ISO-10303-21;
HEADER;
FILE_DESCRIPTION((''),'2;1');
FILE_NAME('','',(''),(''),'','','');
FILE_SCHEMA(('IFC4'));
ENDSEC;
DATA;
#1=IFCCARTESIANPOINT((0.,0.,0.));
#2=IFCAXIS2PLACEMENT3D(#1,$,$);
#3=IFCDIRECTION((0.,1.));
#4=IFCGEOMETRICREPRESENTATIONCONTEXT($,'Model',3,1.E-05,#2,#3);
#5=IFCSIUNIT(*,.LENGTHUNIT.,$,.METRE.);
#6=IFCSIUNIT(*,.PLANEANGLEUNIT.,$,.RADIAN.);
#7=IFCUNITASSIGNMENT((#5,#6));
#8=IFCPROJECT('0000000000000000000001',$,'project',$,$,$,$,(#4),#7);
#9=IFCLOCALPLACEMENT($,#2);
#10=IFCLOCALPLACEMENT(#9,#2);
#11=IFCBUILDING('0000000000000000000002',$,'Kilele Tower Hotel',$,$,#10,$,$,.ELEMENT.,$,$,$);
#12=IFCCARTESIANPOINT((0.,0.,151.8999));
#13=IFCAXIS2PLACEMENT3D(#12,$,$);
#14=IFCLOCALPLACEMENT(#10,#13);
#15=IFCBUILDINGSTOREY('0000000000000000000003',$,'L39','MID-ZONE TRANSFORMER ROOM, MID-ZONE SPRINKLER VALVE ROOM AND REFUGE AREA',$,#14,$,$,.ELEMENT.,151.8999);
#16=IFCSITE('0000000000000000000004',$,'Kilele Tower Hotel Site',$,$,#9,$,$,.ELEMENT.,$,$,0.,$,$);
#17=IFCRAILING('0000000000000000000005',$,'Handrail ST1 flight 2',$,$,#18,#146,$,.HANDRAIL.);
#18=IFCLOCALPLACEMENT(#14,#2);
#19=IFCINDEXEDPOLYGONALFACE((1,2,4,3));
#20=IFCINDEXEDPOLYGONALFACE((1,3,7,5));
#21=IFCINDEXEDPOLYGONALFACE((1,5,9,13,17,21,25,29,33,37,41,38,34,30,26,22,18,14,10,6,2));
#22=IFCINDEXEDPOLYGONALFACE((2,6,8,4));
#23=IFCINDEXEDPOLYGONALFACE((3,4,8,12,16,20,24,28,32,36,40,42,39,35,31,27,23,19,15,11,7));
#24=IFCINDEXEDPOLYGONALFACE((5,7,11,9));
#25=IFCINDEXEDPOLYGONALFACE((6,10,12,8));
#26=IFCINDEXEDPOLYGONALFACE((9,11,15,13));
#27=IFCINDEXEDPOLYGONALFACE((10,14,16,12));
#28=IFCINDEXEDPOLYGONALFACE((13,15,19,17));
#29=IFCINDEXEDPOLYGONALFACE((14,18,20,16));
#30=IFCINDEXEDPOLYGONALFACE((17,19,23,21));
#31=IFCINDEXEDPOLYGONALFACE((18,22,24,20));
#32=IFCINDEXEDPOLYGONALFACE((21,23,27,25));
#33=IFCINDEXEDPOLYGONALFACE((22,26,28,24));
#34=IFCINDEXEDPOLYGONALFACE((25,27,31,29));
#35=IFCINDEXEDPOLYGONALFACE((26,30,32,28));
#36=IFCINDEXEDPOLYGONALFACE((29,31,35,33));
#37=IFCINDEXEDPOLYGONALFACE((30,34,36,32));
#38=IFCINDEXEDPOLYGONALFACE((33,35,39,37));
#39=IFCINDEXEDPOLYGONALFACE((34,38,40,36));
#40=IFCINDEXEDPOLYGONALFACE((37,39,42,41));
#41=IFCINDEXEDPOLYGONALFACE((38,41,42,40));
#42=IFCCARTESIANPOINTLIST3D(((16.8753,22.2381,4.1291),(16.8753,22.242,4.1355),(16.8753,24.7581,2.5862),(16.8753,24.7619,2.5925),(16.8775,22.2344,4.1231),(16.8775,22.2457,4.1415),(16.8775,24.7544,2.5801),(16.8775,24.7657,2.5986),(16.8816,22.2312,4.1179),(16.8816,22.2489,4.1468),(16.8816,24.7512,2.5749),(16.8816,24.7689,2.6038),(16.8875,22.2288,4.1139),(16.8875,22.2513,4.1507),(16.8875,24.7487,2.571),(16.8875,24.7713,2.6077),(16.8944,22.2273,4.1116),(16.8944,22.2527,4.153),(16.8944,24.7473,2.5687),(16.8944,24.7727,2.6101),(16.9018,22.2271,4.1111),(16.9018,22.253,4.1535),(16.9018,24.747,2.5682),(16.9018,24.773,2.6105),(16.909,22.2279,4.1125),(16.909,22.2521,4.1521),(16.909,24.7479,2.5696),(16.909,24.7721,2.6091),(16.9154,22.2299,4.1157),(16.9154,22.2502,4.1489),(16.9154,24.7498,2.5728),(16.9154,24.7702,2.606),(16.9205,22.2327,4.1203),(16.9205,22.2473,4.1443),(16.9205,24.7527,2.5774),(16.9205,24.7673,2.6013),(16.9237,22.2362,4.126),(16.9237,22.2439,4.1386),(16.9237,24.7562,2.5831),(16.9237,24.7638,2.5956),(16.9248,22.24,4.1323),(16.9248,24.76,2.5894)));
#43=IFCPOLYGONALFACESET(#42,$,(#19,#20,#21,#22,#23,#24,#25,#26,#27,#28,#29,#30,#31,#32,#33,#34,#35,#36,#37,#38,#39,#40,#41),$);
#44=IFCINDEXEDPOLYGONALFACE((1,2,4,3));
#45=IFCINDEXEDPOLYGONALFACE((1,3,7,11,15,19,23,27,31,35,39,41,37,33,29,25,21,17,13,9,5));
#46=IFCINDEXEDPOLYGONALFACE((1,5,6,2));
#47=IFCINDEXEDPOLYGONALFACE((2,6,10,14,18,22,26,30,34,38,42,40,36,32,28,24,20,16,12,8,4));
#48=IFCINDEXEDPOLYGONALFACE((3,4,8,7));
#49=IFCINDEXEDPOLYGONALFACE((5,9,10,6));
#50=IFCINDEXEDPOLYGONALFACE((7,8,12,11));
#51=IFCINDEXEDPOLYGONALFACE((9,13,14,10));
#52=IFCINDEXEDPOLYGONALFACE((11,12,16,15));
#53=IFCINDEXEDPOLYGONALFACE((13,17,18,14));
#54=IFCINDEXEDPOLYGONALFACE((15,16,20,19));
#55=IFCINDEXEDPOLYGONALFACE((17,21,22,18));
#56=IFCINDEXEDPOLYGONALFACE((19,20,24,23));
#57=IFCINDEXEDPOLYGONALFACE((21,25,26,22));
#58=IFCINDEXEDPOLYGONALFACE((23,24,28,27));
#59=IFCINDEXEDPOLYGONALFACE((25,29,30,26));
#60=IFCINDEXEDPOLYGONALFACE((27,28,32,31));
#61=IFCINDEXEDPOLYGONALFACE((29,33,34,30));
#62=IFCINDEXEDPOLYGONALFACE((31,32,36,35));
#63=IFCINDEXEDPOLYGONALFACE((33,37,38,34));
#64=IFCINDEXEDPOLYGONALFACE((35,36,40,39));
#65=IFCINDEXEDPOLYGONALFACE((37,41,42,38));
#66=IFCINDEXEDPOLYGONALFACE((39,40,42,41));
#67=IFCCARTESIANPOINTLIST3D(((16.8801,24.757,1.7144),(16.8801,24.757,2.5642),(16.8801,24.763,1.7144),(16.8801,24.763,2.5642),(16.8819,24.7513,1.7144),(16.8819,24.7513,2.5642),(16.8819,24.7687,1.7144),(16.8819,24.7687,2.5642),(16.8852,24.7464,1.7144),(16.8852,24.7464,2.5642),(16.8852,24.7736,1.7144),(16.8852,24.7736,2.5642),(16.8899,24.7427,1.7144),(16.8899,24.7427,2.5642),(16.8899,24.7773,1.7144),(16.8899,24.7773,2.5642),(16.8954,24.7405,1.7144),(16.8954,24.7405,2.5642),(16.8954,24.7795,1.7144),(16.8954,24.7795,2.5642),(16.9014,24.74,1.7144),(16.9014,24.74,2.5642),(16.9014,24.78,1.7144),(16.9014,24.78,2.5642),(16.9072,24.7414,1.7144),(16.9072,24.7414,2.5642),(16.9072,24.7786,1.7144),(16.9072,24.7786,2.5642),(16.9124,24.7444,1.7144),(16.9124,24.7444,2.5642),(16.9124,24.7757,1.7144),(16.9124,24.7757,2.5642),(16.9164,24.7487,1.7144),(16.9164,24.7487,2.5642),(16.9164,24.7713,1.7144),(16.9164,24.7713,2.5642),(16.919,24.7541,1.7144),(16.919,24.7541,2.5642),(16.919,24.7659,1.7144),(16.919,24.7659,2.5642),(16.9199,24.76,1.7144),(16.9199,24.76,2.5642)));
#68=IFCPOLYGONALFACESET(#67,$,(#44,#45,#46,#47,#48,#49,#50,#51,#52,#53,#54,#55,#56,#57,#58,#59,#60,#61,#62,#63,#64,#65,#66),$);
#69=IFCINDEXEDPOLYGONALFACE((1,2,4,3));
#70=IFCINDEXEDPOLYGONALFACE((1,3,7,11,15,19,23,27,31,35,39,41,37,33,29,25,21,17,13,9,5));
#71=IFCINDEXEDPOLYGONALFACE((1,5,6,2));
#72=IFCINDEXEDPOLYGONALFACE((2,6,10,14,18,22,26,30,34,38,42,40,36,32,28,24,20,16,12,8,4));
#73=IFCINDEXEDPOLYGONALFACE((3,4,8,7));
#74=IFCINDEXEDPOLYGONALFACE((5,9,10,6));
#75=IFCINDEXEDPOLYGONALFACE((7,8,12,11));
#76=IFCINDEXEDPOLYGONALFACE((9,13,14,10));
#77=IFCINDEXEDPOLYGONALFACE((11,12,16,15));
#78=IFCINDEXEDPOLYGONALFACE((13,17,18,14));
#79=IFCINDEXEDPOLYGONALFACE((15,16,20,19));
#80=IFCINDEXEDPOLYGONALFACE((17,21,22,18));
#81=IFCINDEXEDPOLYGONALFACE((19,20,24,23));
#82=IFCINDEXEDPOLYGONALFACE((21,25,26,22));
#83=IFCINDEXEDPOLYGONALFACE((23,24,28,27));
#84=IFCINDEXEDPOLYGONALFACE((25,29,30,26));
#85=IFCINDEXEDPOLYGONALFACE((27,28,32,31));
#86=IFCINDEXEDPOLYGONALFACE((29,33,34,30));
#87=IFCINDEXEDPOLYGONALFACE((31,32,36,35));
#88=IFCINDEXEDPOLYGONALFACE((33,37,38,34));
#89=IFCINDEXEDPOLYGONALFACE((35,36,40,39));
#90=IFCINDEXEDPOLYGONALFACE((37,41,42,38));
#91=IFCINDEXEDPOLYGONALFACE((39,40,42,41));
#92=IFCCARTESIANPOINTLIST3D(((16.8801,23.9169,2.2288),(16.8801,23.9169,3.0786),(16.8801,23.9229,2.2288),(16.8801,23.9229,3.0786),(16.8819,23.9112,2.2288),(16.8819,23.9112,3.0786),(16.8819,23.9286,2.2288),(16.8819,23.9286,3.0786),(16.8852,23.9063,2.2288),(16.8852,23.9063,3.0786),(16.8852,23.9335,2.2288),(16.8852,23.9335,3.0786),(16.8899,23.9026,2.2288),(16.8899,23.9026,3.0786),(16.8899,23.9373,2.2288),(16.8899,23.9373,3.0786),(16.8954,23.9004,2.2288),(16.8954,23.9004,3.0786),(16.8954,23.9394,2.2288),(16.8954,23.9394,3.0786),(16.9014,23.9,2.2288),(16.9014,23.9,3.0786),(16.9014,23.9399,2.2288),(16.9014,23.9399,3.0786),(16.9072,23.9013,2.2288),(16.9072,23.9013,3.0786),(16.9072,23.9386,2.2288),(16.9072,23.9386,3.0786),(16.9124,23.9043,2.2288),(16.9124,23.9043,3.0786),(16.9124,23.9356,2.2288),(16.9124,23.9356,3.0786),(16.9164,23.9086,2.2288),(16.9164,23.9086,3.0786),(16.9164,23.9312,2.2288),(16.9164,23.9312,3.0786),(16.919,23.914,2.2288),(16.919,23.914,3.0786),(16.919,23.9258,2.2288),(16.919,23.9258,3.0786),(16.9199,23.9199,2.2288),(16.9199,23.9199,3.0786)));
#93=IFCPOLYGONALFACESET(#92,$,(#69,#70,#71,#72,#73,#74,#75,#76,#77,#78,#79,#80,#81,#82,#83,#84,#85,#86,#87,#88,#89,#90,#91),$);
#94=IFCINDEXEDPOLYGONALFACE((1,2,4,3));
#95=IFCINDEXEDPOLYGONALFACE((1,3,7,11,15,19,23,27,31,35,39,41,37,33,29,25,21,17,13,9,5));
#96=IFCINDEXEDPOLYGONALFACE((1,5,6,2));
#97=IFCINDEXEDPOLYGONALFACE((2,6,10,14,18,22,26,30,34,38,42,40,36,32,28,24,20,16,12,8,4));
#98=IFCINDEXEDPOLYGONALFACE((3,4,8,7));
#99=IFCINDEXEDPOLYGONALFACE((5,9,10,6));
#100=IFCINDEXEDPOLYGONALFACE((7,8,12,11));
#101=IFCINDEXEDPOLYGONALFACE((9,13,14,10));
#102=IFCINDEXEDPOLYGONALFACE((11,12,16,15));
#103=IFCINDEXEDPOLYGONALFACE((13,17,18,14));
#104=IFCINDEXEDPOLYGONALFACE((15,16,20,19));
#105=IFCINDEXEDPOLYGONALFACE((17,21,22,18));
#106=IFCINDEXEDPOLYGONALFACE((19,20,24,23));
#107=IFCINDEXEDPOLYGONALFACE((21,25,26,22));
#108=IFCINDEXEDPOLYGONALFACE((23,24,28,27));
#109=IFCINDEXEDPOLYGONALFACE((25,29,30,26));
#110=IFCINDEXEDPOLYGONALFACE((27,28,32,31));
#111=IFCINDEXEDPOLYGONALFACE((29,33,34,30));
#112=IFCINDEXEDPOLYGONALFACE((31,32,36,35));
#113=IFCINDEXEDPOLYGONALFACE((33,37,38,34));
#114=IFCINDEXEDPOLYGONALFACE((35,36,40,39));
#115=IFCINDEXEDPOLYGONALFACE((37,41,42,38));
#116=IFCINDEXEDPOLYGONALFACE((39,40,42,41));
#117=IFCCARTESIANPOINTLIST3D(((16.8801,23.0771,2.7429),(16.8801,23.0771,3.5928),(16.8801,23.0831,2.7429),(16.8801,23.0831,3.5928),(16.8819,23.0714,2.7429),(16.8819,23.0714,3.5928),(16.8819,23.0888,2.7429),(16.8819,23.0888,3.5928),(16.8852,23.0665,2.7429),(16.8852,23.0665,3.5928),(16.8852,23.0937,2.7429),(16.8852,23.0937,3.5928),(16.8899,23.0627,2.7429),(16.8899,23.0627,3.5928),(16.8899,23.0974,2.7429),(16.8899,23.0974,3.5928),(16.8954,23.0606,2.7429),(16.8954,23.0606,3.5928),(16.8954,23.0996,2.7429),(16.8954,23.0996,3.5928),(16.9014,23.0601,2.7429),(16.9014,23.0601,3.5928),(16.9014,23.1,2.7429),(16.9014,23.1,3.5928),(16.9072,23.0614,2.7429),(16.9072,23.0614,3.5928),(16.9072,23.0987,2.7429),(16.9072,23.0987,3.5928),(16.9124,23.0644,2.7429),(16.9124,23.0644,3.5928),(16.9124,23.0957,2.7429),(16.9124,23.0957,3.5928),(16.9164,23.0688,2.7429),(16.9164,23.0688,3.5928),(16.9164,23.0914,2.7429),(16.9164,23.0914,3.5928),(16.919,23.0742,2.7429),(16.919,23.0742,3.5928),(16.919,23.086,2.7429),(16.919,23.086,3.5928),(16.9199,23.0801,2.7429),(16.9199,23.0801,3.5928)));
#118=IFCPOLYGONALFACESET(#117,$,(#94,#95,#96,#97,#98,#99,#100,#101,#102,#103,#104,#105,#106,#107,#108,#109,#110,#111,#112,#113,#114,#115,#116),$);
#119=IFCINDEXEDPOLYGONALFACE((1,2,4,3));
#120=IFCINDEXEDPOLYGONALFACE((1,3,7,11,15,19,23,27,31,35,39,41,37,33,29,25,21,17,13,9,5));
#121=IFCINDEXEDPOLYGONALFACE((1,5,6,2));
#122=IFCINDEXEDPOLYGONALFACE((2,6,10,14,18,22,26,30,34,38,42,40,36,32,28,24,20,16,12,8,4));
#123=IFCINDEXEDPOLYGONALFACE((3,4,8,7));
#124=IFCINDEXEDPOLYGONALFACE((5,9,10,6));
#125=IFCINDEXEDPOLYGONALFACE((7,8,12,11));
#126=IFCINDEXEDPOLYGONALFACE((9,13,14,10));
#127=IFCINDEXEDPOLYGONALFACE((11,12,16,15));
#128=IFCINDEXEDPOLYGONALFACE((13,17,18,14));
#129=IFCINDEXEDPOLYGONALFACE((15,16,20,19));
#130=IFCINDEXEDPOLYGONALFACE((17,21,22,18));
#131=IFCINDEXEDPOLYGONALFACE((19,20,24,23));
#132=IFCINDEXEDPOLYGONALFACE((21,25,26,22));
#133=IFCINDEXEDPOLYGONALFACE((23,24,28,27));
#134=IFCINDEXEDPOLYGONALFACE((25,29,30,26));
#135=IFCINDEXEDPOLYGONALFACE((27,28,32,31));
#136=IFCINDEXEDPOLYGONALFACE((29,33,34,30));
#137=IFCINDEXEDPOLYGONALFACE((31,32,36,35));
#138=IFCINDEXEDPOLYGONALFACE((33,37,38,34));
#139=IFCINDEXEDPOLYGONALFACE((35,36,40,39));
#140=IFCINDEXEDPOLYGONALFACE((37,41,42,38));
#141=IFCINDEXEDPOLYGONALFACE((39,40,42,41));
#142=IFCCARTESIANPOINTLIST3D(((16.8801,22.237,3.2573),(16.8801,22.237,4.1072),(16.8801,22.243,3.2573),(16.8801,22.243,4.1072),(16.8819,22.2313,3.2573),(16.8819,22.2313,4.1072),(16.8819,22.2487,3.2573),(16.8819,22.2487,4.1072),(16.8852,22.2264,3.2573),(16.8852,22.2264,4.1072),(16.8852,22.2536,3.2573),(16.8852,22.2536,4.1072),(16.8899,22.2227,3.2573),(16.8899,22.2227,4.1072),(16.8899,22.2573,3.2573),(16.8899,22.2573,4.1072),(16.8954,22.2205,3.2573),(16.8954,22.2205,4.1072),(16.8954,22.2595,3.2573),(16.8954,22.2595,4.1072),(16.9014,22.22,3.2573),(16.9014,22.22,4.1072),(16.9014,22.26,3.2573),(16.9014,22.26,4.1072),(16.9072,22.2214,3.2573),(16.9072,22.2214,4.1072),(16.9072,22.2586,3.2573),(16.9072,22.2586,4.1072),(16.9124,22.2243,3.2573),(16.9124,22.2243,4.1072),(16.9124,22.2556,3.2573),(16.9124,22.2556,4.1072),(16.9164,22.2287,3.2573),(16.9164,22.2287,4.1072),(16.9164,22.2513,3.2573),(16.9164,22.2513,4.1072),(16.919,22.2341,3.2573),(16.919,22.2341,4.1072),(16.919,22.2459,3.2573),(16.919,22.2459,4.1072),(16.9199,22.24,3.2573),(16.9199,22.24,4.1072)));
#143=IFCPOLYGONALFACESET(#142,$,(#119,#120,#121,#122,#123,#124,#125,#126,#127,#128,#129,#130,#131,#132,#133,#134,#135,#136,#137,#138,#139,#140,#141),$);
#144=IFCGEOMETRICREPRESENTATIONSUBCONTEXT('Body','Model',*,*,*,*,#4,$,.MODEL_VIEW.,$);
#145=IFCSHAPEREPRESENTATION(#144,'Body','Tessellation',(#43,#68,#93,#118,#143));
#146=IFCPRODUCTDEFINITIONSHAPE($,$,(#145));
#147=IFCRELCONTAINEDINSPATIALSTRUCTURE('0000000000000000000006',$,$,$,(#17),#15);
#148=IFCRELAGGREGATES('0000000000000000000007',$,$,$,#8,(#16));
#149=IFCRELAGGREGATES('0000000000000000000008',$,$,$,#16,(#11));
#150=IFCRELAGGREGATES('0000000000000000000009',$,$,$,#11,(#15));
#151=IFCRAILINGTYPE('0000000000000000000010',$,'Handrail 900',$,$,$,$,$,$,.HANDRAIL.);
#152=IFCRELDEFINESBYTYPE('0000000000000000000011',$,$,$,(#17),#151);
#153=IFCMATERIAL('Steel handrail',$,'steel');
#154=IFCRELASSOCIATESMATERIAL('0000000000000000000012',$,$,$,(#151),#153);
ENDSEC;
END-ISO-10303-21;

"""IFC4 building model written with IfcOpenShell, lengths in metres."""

from ifc_helpers import new_model, si_unit, direction, frame, origin, origin_2d, place, context, subcontext, project, spatial, circle, extrude, material, type_object, element, save


model = new_model("IFC4")

# Units and contexts
model_context = context("Model", 3, precision=1e-05, world=origin(), true_north=direction((0.0, 1.0)))
body_context = subcontext(model_context, "Body", "Model", "MODEL_VIEW")
ifc_project = project(units=[si_unit("LENGTHUNIT", "METRE"), si_unit("PLANEANGLEUNIT", "RADIAN")], contexts=[model_context])

# Site, building, storey
site_placement = place(None, origin())
site = spatial("IfcSite", under=ifc_project, at=site_placement, Name="Kilele Tower Hotel Site", CompositionType="ELEMENT", RefElevation=0.0)
building_placement = place(site_placement, origin())
building = spatial("IfcBuilding", under=site, at=building_placement, Name="Kilele Tower Hotel", CompositionType="ELEMENT")
storey_placement = place(building_placement, frame((0.0, 0.0, 151.8999)))
storey = spatial("IfcBuildingStorey", under=building, at=storey_placement, Name="L39", Description="MID-ZONE TRANSFORMER ROOM, MID-ZONE SPRINKLER VALVE ROOM AND REFUGE AREA", CompositionType="ELEMENT", Elevation=151.8999)

# Railing
ifc_material_1 = material(Name="Steel handrail", Category="steel")
railing_type_1 = type_object("IfcRailingType", Name="Handrail 900", PredefinedType="HANDRAIL", material=ifc_material_1)
for number, where, name in (
    (1, (16.8999, 24.76, 1.7144), "Handrail ST1 flight 2"),
):
    element("IfcRailing", number, at=place(storey_placement, frame(where)), inside=storey, type_object=railing_type_1, Name=name, PredefinedType="HANDRAIL", context=body_context, shape_type="SweptSolid", body=[
        extrude(circle(Radius=0.0249, at=origin_2d()), frame((0.0, 0.0, 0.875), z_axis=(0.0, -0.852836, 0.522178), x_axis=(1.0, 0.0, 0.0)), (0.0, 0.0, 1.0), 2.9548),
        extrude(circle(Radius=0.02, at=origin_2d()), origin(), (0.0, 0.0, 1.0), 0.8499),
        extrude(circle(Radius=0.02, at=origin_2d()), frame((0.0, -0.8401, 0.5144)), (0.0, 0.0, 1.0), 0.8499),
        extrude(circle(Radius=0.02, at=origin_2d()), frame((0.0, -1.6799, 1.0286)), (0.0, 0.0, 1.0), 0.8499),
        extrude(circle(Radius=0.02, at=origin_2d()), frame((0.0, -2.52, 1.543)), (0.0, 0.0, 1.0), 0.8499),
    ])

save(model, "model.ifc")
